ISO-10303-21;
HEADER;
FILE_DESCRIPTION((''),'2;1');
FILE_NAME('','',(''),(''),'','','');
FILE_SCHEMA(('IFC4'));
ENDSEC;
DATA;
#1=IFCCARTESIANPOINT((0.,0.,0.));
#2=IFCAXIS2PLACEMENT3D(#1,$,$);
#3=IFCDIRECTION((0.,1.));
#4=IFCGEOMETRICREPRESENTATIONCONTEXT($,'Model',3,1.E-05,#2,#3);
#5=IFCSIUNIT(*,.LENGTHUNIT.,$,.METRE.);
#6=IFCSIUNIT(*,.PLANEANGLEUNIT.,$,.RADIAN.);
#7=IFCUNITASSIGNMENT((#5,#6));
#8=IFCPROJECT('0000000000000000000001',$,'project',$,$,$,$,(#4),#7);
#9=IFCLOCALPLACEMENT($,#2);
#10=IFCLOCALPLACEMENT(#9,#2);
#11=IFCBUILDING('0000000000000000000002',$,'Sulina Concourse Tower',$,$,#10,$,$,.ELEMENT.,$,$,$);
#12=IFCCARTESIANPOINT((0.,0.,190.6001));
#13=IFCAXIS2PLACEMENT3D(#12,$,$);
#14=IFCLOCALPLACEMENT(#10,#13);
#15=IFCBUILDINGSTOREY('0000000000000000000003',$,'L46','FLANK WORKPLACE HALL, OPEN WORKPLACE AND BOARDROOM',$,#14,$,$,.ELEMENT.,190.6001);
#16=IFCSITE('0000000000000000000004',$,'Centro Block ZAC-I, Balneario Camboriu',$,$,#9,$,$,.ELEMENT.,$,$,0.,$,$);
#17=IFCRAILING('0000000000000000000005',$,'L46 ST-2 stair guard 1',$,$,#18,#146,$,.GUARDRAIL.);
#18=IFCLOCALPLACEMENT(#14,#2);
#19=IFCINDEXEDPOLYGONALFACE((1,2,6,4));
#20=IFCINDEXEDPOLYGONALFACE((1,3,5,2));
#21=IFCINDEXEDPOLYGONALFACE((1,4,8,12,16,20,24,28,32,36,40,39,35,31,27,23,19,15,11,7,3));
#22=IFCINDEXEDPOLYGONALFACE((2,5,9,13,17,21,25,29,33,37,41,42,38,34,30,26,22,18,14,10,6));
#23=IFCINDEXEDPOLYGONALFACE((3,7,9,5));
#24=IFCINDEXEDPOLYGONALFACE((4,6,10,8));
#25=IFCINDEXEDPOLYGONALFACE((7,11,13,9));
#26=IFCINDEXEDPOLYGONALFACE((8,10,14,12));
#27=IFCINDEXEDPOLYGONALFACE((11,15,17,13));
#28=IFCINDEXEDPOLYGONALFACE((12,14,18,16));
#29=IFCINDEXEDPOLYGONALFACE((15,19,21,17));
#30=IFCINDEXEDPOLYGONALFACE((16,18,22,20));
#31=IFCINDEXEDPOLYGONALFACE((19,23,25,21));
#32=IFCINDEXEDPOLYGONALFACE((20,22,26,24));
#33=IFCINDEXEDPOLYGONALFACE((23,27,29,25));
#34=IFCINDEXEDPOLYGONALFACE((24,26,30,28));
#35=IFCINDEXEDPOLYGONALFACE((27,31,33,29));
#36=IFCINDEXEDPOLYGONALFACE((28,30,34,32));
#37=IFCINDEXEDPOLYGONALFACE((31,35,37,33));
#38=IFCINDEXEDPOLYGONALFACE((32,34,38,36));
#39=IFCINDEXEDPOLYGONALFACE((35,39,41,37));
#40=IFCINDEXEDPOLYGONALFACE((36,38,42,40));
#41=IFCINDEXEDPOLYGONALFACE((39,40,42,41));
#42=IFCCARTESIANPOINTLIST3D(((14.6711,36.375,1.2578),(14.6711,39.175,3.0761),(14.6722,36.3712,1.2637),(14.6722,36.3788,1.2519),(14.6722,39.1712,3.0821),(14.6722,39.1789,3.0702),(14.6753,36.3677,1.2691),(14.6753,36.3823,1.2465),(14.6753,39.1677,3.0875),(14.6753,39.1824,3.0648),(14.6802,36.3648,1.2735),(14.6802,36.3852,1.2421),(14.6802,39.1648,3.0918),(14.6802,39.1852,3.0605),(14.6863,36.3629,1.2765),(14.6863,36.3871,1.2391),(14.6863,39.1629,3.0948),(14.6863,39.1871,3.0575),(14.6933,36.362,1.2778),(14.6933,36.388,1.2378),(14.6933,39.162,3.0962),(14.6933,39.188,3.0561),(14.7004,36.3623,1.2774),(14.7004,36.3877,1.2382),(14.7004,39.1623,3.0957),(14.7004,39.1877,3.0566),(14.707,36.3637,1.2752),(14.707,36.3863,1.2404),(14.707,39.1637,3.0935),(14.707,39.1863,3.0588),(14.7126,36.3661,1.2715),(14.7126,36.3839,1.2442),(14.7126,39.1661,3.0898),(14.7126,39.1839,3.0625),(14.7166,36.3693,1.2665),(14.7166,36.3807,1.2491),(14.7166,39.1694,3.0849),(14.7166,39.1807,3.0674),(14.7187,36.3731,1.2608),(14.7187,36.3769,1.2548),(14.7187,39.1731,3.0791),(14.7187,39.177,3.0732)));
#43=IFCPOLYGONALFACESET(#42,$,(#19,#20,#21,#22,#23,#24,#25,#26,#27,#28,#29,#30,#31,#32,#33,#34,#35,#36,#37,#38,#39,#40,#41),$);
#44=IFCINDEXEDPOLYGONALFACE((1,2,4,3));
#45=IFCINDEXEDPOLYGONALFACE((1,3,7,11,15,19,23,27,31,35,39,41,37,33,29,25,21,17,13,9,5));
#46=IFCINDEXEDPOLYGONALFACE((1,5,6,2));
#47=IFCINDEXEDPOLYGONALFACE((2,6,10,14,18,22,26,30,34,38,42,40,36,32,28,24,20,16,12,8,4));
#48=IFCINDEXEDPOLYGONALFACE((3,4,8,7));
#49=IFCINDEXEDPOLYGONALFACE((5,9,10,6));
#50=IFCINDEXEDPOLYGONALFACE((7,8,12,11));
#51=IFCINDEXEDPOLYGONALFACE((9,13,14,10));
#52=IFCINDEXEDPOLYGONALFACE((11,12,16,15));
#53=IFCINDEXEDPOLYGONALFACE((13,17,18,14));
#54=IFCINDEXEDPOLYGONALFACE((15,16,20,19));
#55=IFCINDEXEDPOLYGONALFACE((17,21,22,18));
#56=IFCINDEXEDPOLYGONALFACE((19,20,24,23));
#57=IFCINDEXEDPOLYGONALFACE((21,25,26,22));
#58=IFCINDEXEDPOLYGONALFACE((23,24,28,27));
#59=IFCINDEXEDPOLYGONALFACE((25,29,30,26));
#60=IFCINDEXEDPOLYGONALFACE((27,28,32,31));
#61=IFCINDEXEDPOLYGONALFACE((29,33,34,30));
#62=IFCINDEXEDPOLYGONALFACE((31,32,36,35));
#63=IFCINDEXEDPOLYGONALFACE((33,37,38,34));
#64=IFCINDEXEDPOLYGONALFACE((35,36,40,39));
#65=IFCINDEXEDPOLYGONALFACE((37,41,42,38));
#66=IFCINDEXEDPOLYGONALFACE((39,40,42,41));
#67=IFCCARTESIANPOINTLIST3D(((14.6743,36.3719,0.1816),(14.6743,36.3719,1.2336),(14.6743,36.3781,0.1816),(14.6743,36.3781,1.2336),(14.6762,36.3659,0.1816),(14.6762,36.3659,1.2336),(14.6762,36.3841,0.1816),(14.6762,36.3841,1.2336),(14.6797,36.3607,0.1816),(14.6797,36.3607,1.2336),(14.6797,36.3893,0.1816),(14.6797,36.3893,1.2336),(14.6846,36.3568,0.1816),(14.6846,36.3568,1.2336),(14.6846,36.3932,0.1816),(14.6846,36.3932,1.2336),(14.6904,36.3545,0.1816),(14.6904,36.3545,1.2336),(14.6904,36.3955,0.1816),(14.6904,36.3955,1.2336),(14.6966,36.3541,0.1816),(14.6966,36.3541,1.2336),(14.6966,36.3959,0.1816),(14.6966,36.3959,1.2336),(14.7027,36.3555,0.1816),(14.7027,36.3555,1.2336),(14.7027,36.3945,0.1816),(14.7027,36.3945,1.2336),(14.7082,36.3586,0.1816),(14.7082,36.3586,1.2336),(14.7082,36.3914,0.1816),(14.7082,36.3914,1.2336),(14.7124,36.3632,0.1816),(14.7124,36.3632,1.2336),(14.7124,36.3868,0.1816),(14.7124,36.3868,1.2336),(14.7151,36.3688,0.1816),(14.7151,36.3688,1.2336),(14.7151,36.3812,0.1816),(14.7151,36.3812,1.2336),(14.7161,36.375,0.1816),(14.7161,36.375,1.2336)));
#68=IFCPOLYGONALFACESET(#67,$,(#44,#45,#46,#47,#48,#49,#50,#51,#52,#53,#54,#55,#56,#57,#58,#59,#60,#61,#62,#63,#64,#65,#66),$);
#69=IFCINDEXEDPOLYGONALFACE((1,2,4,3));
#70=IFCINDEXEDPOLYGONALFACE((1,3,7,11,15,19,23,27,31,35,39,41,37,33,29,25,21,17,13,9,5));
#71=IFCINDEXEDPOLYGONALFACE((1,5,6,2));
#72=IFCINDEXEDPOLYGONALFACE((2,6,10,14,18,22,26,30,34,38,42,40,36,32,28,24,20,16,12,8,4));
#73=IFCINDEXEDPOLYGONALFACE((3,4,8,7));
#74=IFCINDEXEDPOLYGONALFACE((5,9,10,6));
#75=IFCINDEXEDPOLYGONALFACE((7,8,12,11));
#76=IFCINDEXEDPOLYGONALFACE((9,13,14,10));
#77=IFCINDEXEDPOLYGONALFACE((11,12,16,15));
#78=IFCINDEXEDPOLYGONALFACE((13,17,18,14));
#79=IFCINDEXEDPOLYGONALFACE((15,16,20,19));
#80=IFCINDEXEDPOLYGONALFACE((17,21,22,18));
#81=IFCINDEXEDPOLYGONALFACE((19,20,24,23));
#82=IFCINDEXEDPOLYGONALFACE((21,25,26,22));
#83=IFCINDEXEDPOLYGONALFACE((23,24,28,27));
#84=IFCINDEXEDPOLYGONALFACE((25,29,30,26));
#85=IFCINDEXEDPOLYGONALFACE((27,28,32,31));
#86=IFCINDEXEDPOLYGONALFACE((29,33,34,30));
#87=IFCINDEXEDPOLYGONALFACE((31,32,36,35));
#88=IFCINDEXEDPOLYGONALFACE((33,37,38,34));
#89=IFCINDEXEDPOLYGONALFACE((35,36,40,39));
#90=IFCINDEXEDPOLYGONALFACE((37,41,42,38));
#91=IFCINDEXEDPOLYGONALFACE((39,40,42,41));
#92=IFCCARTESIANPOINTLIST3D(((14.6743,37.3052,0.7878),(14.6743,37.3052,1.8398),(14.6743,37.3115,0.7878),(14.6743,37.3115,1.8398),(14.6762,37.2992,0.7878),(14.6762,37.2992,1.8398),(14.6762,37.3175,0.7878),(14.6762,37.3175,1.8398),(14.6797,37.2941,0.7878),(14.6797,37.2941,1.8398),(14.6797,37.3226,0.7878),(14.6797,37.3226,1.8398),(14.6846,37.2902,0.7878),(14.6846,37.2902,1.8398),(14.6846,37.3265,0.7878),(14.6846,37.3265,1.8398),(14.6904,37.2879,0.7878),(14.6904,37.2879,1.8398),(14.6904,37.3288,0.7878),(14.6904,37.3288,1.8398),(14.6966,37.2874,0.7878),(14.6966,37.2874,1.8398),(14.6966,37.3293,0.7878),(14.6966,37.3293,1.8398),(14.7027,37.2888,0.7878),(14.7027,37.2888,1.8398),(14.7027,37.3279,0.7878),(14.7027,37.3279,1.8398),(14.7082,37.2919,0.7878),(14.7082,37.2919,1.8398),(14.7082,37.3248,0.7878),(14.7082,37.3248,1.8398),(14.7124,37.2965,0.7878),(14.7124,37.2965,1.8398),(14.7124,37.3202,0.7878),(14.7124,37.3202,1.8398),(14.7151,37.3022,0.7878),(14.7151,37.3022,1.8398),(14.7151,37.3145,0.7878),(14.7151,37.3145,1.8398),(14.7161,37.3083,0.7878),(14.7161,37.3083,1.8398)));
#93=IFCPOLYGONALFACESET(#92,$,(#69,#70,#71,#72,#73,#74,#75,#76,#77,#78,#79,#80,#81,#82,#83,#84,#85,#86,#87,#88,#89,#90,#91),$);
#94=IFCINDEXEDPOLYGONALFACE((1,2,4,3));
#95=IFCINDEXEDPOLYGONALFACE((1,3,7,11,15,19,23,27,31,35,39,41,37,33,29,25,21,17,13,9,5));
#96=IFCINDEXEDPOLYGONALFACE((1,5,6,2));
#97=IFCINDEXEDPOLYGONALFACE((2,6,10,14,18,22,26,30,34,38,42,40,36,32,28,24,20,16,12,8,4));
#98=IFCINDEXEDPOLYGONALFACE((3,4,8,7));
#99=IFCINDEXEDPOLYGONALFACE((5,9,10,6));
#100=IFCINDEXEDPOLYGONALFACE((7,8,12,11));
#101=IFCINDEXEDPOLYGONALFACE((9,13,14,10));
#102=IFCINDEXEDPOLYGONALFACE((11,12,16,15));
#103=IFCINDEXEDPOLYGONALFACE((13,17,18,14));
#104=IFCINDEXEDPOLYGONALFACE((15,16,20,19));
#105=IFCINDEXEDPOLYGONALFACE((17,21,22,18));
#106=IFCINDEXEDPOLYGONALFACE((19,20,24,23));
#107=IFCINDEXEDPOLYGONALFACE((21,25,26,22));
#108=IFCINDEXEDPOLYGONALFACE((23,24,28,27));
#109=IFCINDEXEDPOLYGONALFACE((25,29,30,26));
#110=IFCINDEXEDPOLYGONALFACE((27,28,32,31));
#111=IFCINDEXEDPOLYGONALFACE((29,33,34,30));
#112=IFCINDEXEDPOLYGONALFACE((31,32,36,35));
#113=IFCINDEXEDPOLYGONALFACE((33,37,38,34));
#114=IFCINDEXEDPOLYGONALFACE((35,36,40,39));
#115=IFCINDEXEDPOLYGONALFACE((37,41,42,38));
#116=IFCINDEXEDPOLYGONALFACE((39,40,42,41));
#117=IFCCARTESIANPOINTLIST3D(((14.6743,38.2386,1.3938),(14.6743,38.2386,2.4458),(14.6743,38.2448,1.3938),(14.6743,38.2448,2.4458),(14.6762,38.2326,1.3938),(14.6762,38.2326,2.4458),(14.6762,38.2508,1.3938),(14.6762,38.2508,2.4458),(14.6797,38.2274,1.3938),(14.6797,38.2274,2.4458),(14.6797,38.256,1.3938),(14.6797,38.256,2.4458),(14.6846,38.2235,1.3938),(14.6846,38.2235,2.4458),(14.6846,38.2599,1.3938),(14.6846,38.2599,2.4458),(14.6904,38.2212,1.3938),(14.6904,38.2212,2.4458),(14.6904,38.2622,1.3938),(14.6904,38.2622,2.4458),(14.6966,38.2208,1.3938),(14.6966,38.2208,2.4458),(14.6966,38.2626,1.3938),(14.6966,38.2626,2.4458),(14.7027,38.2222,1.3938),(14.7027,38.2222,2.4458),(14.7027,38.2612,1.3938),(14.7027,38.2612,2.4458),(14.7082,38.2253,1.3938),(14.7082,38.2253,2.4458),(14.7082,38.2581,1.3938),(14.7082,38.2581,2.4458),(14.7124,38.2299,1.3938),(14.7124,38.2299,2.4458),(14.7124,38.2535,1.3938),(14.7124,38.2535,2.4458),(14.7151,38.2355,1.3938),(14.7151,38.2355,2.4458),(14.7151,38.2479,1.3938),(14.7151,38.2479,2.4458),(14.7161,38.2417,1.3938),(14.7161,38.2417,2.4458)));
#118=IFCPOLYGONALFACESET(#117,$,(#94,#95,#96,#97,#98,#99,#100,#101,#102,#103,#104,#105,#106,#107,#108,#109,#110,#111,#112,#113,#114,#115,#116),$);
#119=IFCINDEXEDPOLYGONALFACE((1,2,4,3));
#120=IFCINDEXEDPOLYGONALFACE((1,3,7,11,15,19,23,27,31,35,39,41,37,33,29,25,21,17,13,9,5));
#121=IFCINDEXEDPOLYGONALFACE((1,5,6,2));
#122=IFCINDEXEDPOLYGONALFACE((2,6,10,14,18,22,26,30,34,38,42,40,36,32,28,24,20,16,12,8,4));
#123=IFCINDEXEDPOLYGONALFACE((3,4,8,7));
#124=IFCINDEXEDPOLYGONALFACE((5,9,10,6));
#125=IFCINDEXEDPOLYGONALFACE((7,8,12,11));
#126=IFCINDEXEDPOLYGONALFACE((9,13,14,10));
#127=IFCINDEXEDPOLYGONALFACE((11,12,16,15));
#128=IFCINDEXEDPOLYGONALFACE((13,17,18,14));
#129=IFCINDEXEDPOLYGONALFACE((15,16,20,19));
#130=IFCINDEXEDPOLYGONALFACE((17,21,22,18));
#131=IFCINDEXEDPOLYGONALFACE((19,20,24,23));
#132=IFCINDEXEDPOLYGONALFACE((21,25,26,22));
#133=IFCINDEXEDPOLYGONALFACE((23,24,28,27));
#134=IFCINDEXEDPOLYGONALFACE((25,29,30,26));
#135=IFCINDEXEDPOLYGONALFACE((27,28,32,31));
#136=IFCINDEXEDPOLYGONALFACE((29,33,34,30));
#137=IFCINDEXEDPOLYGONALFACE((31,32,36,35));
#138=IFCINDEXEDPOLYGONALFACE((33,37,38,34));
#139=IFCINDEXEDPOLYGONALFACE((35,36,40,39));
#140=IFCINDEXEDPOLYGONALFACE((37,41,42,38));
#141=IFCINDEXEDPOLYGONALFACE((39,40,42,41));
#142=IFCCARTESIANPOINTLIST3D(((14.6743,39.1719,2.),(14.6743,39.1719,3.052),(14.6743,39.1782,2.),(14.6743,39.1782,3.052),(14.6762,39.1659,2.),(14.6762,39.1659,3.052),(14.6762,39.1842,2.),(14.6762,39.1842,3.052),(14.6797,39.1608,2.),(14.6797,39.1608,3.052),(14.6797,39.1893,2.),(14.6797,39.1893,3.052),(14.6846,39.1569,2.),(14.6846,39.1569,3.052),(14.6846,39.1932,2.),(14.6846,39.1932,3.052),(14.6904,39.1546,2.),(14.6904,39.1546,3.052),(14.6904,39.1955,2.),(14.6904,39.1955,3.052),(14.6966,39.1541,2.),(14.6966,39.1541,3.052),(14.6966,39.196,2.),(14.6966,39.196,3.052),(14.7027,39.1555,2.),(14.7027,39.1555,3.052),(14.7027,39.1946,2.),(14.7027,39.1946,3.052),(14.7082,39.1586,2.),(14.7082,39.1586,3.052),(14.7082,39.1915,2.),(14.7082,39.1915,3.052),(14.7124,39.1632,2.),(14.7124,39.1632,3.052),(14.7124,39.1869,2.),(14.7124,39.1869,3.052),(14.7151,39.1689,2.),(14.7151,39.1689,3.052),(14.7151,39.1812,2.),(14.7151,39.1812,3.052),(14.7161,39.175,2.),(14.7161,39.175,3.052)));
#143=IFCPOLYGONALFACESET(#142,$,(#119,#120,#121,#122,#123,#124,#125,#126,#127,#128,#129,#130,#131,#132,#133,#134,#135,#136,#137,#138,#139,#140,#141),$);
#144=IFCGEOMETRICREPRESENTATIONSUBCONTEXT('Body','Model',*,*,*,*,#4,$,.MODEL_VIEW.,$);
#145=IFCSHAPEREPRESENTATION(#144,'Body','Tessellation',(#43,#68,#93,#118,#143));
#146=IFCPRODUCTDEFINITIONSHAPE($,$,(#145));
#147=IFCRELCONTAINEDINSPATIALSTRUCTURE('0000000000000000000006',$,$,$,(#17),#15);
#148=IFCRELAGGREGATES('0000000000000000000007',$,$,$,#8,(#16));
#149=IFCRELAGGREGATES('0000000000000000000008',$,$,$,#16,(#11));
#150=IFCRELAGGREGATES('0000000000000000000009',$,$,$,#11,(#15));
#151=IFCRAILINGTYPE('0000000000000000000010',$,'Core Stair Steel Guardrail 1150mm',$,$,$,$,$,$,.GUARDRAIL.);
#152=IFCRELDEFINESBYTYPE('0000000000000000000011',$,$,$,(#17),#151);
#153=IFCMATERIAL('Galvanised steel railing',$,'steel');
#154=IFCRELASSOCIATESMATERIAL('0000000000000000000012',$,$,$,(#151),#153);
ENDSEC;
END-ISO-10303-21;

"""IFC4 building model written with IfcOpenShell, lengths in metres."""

from ifc_helpers import new_model, si_unit, direction, frame, origin, origin_2d, place, context, subcontext, project, spatial, circle, extrude, material, type_object, element, save


model = new_model("IFC4")

# Units and contexts
model_context = context("Model", 3, precision=1e-05, world=origin(), true_north=direction((0.0, 1.0)))
body_context = subcontext(model_context, "Body", "Model", "MODEL_VIEW")
ifc_project = project(units=[si_unit("LENGTHUNIT", "METRE"), si_unit("PLANEANGLEUNIT", "RADIAN")], contexts=[model_context])

# Site, building, storey
site_placement = place(None, origin())
site = spatial("IfcSite", under=ifc_project, at=site_placement, Name="Centro Block ZAC-I, Balneario Camboriu", CompositionType="ELEMENT", RefElevation=0.0)
building_placement = place(site_placement, origin())
building = spatial("IfcBuilding", under=site, at=building_placement, Name="Sulina Concourse Tower", CompositionType="ELEMENT")
storey_placement = place(building_placement, frame((0.0, 0.0, 190.6001)))
storey = spatial("IfcBuildingStorey", under=building, at=storey_placement, Name="L46", Description="FLANK WORKPLACE HALL, OPEN WORKPLACE AND BOARDROOM", CompositionType="ELEMENT", Elevation=190.6001)

# Railing
ifc_material_1 = material(Name="Galvanised steel railing", Category="steel")
railing_type_1 = type_object("IfcRailingType", Name="Core Stair Steel Guardrail 1150mm", PredefinedType="GUARDRAIL", material=ifc_material_1)
railing_1_placement = place(storey_placement, frame((14.6951, 36.375, 0.1816)))
element("IfcRailing", 1, at=railing_1_placement, inside=storey, type_object=railing_type_1, Name="L46 ST-2 stair guard 1", PredefinedType="GUARDRAIL", context=body_context, shape_type="SweptSolid", body=[
    extrude(circle(Radius=0.0239, at=origin_2d()), frame((0.0, 0.0, 1.0762), z_axis=(0.0, 0.838672, 0.544636), x_axis=(-1.0, 0.0, 0.0)), (0.0, 0.0, 1.0), 3.3386),
    extrude(circle(Radius=0.021, at=origin_2d()), origin(), (0.0, 0.0, 1.0), 1.052),
    extrude(circle(Radius=0.021, at=origin_2d()), frame((0.0, 0.9333, 0.6062)), (0.0, 0.0, 1.0), 1.052),
    extrude(circle(Radius=0.021, at=origin_2d()), frame((0.0, 1.8667, 1.2122)), (0.0, 0.0, 1.0), 1.052),
    extrude(circle(Radius=0.021, at=origin_2d()), frame((0.0, 2.8, 1.8184)), (0.0, 0.0, 1.0), 1.052),
])

save(model, "model.ifc")
